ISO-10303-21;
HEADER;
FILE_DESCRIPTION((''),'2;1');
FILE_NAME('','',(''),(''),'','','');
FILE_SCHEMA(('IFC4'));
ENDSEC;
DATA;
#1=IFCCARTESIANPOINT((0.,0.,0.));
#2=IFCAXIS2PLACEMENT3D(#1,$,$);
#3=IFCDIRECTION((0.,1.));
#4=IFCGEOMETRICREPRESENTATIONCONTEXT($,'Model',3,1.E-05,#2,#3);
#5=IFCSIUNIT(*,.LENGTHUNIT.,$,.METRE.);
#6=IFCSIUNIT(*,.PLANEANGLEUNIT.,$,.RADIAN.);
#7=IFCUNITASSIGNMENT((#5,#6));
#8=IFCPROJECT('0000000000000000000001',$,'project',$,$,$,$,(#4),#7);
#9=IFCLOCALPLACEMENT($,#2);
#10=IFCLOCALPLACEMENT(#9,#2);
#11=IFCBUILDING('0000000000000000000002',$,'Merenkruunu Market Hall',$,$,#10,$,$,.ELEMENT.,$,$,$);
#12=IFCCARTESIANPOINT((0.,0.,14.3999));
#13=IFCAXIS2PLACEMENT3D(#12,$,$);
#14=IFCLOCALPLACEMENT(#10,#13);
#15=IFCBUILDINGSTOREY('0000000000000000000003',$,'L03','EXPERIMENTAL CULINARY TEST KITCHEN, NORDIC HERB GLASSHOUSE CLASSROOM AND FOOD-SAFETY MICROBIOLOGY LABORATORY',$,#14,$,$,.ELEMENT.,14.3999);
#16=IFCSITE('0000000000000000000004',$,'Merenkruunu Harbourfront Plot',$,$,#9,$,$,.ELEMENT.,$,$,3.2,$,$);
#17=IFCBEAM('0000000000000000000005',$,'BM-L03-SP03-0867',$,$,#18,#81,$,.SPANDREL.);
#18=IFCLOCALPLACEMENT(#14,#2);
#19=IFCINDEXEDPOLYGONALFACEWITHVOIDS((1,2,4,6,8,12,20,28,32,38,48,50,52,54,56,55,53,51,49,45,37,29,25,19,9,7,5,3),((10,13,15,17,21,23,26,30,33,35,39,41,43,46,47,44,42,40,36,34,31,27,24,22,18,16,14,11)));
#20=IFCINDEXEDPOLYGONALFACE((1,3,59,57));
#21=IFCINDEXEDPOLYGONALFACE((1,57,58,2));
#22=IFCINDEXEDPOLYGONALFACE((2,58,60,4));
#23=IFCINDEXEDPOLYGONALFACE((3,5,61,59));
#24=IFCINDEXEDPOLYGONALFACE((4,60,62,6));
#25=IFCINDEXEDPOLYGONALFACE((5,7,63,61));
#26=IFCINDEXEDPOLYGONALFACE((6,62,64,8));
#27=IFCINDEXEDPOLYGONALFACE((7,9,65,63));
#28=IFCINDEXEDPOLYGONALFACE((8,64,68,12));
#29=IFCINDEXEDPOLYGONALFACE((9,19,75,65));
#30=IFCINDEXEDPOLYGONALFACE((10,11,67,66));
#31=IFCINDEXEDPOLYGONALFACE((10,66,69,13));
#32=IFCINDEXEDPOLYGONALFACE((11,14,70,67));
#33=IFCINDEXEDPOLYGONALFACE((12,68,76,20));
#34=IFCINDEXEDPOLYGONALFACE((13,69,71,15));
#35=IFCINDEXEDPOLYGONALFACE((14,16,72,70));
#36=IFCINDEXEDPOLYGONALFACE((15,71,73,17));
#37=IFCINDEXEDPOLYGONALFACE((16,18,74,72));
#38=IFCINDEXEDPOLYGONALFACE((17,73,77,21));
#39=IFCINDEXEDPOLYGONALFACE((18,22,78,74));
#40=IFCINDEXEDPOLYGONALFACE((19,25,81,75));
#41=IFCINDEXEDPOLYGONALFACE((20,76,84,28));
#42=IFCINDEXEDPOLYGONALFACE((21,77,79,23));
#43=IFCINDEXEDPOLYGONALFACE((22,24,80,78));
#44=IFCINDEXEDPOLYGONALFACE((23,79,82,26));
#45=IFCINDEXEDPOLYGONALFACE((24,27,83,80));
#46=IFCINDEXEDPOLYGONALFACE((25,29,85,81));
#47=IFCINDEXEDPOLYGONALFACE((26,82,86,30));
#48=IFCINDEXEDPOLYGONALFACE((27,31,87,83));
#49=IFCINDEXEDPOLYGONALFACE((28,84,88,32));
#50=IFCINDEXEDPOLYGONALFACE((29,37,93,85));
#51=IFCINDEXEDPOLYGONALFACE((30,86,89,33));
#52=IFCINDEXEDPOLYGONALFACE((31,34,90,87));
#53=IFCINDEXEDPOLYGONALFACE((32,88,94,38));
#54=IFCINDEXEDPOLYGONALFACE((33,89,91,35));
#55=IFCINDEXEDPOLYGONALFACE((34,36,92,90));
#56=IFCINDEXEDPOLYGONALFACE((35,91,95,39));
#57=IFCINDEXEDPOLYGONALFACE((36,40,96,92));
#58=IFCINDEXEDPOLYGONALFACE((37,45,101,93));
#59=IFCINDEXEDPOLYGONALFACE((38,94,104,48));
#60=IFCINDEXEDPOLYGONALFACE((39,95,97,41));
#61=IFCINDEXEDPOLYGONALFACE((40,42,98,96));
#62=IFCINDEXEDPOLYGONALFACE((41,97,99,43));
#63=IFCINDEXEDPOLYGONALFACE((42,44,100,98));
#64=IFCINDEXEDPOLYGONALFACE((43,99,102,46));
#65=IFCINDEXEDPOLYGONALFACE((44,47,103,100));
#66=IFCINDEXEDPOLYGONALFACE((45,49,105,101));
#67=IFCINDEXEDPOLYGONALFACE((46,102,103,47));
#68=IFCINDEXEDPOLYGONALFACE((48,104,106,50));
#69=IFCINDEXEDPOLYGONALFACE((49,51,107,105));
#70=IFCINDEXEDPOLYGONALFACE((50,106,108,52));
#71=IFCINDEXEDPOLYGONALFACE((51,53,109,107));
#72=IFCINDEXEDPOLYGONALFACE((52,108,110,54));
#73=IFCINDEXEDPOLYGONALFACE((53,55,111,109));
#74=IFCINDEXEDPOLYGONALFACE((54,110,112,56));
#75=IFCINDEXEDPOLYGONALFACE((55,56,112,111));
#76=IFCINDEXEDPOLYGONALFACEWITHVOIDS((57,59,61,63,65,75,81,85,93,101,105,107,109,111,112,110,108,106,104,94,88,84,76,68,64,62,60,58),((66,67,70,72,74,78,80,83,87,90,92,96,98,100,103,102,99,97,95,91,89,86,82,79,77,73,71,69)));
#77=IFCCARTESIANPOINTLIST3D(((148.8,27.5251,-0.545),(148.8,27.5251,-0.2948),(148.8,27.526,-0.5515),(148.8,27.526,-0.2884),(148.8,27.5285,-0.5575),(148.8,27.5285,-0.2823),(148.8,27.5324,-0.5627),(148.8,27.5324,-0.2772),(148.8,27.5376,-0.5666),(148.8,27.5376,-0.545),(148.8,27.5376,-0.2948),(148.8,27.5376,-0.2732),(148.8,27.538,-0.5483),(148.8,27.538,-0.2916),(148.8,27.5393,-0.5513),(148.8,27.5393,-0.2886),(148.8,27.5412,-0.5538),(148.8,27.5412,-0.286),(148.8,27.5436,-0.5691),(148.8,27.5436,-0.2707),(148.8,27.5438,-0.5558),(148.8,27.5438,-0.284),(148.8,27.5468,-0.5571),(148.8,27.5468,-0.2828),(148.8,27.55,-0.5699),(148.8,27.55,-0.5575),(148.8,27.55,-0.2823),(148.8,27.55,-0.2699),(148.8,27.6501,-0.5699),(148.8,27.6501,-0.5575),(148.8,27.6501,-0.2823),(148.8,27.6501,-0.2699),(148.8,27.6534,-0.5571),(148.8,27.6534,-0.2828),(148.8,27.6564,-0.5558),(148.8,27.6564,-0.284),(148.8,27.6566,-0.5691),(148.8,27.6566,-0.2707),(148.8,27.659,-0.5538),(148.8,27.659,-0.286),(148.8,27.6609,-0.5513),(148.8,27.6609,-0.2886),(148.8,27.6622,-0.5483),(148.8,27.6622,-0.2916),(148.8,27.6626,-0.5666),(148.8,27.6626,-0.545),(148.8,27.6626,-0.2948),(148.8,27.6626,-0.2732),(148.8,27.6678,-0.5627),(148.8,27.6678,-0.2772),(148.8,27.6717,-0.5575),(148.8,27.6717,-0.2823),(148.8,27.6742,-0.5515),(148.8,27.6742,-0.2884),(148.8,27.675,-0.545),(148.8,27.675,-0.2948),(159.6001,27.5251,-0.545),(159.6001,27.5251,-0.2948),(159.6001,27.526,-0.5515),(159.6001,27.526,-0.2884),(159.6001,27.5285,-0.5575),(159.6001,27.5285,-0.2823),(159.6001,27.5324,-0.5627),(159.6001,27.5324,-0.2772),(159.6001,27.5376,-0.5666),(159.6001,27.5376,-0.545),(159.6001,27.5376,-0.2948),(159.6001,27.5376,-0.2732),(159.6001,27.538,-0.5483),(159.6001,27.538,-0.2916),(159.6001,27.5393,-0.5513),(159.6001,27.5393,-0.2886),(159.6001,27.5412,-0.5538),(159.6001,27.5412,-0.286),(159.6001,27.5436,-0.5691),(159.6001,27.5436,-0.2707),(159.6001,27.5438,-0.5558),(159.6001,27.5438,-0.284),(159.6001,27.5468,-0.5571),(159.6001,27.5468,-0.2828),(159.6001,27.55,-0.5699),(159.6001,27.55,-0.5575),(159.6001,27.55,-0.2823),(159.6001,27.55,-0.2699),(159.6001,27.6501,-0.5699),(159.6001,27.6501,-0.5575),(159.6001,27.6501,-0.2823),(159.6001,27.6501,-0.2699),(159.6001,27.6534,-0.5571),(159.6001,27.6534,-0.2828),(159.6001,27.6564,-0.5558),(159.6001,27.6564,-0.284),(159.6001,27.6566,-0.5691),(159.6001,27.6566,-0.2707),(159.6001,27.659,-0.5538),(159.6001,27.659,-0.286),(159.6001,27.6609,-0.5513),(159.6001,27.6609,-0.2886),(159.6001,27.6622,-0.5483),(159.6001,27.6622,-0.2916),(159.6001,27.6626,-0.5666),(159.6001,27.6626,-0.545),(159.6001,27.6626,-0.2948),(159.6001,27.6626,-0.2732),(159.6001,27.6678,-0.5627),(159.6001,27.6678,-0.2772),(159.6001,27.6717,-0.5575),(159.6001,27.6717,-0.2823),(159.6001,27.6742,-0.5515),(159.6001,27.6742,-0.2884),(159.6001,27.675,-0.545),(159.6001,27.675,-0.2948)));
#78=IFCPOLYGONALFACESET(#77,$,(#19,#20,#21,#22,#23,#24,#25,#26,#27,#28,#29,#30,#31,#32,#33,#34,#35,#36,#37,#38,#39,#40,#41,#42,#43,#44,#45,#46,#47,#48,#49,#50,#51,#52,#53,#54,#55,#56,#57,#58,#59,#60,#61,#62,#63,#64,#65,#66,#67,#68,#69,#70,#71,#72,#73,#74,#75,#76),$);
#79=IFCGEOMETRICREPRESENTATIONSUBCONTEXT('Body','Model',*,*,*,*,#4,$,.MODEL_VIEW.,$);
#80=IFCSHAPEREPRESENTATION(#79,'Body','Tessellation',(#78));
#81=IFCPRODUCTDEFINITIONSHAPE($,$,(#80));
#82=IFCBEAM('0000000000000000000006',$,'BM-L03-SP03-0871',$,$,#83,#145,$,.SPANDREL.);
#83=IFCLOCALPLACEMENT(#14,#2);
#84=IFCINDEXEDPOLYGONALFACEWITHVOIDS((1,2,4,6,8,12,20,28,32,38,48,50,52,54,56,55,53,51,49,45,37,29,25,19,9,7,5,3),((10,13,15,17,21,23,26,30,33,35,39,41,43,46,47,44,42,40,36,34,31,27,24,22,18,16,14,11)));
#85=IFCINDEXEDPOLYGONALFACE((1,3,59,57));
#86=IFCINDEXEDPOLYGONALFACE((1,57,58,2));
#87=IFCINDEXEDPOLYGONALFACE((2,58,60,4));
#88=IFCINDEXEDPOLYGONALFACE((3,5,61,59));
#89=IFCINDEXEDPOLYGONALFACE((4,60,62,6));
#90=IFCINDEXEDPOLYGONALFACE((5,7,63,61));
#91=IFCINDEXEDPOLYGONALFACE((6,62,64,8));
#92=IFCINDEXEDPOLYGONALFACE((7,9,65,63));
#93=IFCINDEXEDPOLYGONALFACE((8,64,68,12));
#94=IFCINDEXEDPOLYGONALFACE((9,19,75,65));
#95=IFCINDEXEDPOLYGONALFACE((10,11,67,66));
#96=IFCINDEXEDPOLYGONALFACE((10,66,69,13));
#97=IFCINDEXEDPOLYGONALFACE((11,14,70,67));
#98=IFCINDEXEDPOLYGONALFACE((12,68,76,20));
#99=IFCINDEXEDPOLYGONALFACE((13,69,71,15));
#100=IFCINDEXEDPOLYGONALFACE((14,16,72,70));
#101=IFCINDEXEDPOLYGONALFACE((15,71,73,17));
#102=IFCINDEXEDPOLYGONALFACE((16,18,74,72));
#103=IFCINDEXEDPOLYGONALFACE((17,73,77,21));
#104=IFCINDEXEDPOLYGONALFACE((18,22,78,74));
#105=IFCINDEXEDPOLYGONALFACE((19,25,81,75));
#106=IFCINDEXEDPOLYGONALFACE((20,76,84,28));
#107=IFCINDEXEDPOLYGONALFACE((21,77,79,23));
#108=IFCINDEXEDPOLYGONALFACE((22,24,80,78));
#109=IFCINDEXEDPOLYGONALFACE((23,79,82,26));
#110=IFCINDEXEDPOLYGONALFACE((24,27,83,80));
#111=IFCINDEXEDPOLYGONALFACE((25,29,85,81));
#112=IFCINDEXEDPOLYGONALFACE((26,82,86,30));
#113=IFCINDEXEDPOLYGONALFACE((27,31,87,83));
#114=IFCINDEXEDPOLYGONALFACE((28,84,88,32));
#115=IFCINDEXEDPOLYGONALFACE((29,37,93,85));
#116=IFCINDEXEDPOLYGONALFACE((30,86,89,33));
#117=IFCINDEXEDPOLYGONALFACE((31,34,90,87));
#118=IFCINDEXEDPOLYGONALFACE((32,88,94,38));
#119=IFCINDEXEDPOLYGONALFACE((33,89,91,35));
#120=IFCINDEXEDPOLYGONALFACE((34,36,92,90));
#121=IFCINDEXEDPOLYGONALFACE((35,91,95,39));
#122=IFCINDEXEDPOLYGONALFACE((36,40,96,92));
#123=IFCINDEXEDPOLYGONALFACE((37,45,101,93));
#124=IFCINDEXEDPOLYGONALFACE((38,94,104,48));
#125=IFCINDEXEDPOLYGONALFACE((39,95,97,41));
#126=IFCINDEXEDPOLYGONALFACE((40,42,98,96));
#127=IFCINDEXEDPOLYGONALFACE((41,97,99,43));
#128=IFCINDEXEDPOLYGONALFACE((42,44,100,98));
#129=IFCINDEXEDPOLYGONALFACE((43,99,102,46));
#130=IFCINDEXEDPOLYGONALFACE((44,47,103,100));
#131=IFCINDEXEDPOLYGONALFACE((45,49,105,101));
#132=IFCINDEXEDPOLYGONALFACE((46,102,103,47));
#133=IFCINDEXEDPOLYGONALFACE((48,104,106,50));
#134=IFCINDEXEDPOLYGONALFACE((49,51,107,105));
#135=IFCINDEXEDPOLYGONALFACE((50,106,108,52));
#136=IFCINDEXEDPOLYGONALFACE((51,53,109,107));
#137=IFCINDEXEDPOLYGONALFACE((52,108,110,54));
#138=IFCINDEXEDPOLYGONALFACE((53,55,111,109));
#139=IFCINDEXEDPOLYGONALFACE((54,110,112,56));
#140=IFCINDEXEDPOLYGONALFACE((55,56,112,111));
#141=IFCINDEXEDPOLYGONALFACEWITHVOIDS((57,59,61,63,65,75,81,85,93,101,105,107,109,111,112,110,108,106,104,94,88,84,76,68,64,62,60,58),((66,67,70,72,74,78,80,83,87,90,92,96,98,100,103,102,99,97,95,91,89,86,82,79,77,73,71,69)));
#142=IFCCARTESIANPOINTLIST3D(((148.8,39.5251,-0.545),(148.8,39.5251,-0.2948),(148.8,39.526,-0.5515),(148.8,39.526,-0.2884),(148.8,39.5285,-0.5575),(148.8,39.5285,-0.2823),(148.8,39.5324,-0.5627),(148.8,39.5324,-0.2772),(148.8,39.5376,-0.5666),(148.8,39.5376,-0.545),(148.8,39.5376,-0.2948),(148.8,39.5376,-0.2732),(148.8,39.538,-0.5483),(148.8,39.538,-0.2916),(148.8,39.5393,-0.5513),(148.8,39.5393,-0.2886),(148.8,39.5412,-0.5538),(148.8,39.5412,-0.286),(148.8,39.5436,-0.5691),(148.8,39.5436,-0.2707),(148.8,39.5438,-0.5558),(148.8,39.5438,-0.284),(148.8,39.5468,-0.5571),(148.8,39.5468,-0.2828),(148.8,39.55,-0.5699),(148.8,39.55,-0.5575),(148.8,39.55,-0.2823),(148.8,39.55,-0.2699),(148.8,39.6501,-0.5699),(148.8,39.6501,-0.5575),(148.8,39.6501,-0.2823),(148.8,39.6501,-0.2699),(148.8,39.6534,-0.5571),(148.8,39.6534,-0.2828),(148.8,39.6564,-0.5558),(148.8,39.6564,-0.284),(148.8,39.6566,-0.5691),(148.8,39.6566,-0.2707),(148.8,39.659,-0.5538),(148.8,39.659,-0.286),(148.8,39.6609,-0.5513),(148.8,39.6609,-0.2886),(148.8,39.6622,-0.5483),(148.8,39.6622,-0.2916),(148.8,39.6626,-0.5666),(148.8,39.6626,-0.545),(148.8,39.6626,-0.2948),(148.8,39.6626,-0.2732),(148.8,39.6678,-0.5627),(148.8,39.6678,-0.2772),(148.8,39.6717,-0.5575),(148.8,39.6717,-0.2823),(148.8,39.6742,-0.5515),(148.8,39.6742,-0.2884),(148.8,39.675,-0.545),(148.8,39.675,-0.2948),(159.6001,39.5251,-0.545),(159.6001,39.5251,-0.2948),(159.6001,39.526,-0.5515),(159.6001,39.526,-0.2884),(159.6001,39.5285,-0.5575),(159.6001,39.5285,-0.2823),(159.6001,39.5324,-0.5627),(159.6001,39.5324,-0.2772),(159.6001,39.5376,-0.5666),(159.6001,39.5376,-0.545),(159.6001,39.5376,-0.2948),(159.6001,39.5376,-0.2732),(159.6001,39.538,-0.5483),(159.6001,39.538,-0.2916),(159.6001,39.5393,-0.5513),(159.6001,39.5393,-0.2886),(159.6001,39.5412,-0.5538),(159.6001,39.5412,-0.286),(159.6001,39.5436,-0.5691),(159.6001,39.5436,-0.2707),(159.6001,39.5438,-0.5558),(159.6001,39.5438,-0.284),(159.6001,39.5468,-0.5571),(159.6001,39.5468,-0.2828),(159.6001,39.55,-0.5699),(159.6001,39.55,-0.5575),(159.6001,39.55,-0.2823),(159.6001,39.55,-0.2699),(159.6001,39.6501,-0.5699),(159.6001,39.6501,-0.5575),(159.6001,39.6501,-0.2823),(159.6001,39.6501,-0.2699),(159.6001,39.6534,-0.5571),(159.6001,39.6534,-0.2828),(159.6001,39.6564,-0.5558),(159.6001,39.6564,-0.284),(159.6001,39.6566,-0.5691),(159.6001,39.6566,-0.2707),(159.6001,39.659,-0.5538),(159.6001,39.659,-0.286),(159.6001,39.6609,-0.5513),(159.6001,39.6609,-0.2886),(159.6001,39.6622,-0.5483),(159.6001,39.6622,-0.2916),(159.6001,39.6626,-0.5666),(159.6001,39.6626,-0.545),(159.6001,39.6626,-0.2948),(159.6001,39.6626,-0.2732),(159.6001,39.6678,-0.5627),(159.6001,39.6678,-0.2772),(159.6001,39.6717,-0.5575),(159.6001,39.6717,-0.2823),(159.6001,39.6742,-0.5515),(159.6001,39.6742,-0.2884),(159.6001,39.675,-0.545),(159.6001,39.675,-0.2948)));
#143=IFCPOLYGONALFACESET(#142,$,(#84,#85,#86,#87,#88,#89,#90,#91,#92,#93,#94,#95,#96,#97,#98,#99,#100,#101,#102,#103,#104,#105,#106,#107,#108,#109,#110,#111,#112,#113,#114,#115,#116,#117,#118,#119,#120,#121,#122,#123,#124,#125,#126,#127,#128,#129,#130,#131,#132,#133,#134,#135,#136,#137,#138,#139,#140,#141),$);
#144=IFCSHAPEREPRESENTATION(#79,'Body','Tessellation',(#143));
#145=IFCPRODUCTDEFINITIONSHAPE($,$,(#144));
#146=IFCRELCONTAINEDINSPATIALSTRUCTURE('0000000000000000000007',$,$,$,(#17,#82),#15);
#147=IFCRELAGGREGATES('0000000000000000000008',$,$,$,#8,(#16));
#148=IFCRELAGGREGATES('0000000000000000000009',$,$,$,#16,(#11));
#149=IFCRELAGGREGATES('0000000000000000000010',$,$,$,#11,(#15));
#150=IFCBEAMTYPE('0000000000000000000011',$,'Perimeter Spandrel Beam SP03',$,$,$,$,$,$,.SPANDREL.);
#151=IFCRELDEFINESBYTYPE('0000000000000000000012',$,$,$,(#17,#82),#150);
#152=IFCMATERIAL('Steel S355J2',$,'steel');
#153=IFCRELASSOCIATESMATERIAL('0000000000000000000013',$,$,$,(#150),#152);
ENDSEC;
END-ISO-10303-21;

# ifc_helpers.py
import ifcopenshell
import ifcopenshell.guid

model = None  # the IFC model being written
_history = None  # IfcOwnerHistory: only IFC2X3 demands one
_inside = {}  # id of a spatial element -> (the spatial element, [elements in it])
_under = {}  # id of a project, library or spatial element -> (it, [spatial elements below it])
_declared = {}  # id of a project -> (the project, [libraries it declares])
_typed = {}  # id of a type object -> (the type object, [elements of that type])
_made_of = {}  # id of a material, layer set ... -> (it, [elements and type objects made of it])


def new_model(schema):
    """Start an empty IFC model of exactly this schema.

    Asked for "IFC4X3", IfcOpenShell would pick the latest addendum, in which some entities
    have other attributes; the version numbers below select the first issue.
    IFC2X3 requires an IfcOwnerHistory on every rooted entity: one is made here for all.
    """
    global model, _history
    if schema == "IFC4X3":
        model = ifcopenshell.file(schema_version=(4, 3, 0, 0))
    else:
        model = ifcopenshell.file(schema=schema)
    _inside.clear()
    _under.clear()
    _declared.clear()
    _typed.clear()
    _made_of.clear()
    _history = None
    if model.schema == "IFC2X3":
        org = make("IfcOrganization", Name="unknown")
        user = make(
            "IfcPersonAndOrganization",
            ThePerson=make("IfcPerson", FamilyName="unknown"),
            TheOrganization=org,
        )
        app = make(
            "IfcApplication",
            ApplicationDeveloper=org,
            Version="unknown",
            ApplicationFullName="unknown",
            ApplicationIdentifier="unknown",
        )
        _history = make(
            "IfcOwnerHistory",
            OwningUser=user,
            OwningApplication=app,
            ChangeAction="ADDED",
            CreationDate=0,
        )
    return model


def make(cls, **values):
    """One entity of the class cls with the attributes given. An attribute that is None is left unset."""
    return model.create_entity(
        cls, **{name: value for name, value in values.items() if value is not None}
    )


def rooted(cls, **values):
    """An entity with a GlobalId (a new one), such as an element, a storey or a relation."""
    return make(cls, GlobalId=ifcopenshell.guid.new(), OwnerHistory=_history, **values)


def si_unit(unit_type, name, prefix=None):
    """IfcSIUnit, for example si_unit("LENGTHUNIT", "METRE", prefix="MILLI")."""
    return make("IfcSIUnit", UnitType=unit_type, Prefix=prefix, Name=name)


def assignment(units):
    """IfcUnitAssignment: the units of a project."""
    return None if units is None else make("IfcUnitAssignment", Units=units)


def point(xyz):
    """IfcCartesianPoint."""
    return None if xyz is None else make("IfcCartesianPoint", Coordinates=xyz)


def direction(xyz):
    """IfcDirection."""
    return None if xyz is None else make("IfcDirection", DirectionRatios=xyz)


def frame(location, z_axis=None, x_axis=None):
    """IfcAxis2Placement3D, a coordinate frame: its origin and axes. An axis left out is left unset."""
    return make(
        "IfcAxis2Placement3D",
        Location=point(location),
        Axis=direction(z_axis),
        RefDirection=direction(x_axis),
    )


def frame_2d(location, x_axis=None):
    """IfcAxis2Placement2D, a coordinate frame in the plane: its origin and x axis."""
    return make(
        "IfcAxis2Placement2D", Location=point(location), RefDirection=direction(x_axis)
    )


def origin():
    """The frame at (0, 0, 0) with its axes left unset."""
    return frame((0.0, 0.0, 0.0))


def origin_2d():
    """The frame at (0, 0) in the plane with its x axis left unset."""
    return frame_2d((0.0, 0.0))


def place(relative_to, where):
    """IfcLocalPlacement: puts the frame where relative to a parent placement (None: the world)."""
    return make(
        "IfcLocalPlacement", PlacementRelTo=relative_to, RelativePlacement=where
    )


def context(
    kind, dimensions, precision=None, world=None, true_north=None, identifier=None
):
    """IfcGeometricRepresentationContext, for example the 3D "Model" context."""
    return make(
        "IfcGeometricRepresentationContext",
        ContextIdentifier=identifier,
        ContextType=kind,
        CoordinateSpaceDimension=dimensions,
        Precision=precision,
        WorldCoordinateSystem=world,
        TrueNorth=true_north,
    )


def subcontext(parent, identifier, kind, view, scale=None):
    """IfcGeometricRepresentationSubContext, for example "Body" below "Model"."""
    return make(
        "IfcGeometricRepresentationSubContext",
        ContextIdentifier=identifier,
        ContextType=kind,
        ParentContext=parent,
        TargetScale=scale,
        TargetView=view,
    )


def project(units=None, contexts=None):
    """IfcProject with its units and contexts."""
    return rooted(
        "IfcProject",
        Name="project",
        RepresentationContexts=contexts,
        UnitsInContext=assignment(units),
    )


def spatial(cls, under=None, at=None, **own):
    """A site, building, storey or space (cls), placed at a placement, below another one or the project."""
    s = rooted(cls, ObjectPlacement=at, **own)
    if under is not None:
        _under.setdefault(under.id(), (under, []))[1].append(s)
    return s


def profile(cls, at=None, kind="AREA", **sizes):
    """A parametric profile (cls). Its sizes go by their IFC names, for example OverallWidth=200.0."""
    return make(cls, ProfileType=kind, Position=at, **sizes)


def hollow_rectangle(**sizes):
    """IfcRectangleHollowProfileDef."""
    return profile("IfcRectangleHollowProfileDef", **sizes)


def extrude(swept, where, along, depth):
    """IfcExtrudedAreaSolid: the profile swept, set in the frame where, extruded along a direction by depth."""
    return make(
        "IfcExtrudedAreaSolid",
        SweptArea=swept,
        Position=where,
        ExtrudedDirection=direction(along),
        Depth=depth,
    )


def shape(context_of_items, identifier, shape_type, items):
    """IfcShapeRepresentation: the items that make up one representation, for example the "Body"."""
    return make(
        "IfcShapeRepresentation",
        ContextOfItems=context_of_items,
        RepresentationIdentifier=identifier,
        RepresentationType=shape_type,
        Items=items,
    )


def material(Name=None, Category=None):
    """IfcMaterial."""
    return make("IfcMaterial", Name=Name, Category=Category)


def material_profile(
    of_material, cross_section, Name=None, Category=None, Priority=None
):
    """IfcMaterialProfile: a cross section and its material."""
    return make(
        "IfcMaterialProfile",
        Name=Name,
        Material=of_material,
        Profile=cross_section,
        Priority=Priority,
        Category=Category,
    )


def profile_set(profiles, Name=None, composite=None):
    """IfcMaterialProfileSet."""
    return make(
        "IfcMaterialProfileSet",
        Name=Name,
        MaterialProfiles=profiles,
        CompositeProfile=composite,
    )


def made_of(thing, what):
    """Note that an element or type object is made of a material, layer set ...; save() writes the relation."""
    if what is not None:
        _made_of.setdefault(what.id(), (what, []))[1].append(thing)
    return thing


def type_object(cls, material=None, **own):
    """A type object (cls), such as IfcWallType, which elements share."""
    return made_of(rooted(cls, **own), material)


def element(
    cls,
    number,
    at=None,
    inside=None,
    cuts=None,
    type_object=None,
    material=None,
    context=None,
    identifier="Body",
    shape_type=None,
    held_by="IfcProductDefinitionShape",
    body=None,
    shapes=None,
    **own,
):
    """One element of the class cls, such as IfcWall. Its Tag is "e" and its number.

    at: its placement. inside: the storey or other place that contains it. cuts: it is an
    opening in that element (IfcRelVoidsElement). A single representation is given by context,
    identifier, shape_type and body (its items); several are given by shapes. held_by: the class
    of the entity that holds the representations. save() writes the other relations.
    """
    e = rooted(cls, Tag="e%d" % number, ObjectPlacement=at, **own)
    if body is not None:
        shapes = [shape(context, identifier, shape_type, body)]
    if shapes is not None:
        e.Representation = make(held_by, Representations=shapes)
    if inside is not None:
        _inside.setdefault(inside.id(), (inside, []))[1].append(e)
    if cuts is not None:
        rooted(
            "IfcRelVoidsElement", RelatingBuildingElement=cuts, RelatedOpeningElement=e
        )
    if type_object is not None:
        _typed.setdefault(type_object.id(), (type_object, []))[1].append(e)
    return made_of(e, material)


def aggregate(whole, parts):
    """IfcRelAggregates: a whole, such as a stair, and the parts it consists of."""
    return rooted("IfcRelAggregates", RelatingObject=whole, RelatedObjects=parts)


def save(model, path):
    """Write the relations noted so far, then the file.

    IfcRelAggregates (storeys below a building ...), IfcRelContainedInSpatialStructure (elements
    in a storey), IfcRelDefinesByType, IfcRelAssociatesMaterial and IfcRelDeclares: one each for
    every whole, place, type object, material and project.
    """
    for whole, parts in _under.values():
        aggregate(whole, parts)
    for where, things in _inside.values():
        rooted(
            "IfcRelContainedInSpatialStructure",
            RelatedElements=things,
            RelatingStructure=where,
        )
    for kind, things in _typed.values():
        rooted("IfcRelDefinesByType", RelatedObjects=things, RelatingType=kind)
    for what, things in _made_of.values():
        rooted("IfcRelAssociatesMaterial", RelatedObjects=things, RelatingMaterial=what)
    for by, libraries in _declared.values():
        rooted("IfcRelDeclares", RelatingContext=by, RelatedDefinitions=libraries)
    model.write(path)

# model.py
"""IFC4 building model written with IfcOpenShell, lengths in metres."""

from ifc_helpers import new_model, si_unit, direction, frame, origin, origin_2d, place, context, subcontext, project, spatial, hollow_rectangle, extrude, material, material_profile, profile_set, type_object, element, save


model = new_model("IFC4")

# Units and contexts
model_context = context("Model", 3, precision=1e-05, world=origin(), true_north=direction((0.0, 1.0)))
body_context = subcontext(model_context, "Body", "Model", "MODEL_VIEW")
ifc_project = project(units=[si_unit("LENGTHUNIT", "METRE"), si_unit("PLANEANGLEUNIT", "RADIAN")], contexts=[model_context])

# Site, building, storey
site_placement = place(None, origin())
site = spatial("IfcSite", under=ifc_project, at=site_placement, Name="Merenkruunu Harbourfront Plot", CompositionType="ELEMENT", RefElevation=3.2)
building_placement = place(site_placement, origin())
building = spatial("IfcBuilding", under=site, at=building_placement, Name="Merenkruunu Market Hall", CompositionType="ELEMENT")
storey_placement = place(building_placement, frame((0.0, 0.0, 14.3999)))
storey = spatial("IfcBuildingStorey", under=building, at=storey_placement, Name="L03", Description="EXPERIMENTAL CULINARY TEST KITCHEN, NORDIC HERB GLASSHOUSE CLASSROOM AND FOOD-SAFETY MICROBIOLOGY LABORATORY", CompositionType="ELEMENT", Elevation=14.3999)

# Beams
ifc_material_1 = material(Name="Steel S355J2", Category="steel")
ifc_material_profile_1 = material_profile(ifc_material_1, hollow_rectangle(XDim=0.1499, YDim=0.3, WallThickness=0.0125, InnerFilletRadius=0.0125, OuterFilletRadius=0.0249, at=origin_2d()), Name="RHS 300x150x12.5")
ifc_profile_set_1 = profile_set([ifc_material_profile_1], Name="Steel S355J2")
beam_type_1 = type_object("IfcBeamType", Name="Perimeter Spandrel Beam SP03", PredefinedType="SPANDREL", material=ifc_profile_set_1)
for number, where, z_axis, x_axis, name in (
    (1, (148.8, 27.6001, -0.4199), (1.0, 0.0, 0.0), (0.0, 1.0, 0.0), "BM-L03-SP03-0867"),
    (2, (148.8, 39.6001, -0.4199), (1.0, 0.0, 0.0), (0.0, 1.0, 0.0), "BM-L03-SP03-0871"),
):
    element("IfcBeam", number, at=place(storey_placement, frame(where, z_axis=z_axis, x_axis=x_axis)), inside=storey, type_object=beam_type_1, Name=name, PredefinedType="SPANDREL", context=body_context, shape_type="SweptSolid", body=[
        extrude(hollow_rectangle(XDim=0.1499, YDim=0.3, WallThickness=0.0125, InnerFilletRadius=0.0125, OuterFilletRadius=0.0249, at=origin_2d()), origin(), (0.0, 0.0, 1.0), 10.8),
    ])

save(model, "model.ifc")
